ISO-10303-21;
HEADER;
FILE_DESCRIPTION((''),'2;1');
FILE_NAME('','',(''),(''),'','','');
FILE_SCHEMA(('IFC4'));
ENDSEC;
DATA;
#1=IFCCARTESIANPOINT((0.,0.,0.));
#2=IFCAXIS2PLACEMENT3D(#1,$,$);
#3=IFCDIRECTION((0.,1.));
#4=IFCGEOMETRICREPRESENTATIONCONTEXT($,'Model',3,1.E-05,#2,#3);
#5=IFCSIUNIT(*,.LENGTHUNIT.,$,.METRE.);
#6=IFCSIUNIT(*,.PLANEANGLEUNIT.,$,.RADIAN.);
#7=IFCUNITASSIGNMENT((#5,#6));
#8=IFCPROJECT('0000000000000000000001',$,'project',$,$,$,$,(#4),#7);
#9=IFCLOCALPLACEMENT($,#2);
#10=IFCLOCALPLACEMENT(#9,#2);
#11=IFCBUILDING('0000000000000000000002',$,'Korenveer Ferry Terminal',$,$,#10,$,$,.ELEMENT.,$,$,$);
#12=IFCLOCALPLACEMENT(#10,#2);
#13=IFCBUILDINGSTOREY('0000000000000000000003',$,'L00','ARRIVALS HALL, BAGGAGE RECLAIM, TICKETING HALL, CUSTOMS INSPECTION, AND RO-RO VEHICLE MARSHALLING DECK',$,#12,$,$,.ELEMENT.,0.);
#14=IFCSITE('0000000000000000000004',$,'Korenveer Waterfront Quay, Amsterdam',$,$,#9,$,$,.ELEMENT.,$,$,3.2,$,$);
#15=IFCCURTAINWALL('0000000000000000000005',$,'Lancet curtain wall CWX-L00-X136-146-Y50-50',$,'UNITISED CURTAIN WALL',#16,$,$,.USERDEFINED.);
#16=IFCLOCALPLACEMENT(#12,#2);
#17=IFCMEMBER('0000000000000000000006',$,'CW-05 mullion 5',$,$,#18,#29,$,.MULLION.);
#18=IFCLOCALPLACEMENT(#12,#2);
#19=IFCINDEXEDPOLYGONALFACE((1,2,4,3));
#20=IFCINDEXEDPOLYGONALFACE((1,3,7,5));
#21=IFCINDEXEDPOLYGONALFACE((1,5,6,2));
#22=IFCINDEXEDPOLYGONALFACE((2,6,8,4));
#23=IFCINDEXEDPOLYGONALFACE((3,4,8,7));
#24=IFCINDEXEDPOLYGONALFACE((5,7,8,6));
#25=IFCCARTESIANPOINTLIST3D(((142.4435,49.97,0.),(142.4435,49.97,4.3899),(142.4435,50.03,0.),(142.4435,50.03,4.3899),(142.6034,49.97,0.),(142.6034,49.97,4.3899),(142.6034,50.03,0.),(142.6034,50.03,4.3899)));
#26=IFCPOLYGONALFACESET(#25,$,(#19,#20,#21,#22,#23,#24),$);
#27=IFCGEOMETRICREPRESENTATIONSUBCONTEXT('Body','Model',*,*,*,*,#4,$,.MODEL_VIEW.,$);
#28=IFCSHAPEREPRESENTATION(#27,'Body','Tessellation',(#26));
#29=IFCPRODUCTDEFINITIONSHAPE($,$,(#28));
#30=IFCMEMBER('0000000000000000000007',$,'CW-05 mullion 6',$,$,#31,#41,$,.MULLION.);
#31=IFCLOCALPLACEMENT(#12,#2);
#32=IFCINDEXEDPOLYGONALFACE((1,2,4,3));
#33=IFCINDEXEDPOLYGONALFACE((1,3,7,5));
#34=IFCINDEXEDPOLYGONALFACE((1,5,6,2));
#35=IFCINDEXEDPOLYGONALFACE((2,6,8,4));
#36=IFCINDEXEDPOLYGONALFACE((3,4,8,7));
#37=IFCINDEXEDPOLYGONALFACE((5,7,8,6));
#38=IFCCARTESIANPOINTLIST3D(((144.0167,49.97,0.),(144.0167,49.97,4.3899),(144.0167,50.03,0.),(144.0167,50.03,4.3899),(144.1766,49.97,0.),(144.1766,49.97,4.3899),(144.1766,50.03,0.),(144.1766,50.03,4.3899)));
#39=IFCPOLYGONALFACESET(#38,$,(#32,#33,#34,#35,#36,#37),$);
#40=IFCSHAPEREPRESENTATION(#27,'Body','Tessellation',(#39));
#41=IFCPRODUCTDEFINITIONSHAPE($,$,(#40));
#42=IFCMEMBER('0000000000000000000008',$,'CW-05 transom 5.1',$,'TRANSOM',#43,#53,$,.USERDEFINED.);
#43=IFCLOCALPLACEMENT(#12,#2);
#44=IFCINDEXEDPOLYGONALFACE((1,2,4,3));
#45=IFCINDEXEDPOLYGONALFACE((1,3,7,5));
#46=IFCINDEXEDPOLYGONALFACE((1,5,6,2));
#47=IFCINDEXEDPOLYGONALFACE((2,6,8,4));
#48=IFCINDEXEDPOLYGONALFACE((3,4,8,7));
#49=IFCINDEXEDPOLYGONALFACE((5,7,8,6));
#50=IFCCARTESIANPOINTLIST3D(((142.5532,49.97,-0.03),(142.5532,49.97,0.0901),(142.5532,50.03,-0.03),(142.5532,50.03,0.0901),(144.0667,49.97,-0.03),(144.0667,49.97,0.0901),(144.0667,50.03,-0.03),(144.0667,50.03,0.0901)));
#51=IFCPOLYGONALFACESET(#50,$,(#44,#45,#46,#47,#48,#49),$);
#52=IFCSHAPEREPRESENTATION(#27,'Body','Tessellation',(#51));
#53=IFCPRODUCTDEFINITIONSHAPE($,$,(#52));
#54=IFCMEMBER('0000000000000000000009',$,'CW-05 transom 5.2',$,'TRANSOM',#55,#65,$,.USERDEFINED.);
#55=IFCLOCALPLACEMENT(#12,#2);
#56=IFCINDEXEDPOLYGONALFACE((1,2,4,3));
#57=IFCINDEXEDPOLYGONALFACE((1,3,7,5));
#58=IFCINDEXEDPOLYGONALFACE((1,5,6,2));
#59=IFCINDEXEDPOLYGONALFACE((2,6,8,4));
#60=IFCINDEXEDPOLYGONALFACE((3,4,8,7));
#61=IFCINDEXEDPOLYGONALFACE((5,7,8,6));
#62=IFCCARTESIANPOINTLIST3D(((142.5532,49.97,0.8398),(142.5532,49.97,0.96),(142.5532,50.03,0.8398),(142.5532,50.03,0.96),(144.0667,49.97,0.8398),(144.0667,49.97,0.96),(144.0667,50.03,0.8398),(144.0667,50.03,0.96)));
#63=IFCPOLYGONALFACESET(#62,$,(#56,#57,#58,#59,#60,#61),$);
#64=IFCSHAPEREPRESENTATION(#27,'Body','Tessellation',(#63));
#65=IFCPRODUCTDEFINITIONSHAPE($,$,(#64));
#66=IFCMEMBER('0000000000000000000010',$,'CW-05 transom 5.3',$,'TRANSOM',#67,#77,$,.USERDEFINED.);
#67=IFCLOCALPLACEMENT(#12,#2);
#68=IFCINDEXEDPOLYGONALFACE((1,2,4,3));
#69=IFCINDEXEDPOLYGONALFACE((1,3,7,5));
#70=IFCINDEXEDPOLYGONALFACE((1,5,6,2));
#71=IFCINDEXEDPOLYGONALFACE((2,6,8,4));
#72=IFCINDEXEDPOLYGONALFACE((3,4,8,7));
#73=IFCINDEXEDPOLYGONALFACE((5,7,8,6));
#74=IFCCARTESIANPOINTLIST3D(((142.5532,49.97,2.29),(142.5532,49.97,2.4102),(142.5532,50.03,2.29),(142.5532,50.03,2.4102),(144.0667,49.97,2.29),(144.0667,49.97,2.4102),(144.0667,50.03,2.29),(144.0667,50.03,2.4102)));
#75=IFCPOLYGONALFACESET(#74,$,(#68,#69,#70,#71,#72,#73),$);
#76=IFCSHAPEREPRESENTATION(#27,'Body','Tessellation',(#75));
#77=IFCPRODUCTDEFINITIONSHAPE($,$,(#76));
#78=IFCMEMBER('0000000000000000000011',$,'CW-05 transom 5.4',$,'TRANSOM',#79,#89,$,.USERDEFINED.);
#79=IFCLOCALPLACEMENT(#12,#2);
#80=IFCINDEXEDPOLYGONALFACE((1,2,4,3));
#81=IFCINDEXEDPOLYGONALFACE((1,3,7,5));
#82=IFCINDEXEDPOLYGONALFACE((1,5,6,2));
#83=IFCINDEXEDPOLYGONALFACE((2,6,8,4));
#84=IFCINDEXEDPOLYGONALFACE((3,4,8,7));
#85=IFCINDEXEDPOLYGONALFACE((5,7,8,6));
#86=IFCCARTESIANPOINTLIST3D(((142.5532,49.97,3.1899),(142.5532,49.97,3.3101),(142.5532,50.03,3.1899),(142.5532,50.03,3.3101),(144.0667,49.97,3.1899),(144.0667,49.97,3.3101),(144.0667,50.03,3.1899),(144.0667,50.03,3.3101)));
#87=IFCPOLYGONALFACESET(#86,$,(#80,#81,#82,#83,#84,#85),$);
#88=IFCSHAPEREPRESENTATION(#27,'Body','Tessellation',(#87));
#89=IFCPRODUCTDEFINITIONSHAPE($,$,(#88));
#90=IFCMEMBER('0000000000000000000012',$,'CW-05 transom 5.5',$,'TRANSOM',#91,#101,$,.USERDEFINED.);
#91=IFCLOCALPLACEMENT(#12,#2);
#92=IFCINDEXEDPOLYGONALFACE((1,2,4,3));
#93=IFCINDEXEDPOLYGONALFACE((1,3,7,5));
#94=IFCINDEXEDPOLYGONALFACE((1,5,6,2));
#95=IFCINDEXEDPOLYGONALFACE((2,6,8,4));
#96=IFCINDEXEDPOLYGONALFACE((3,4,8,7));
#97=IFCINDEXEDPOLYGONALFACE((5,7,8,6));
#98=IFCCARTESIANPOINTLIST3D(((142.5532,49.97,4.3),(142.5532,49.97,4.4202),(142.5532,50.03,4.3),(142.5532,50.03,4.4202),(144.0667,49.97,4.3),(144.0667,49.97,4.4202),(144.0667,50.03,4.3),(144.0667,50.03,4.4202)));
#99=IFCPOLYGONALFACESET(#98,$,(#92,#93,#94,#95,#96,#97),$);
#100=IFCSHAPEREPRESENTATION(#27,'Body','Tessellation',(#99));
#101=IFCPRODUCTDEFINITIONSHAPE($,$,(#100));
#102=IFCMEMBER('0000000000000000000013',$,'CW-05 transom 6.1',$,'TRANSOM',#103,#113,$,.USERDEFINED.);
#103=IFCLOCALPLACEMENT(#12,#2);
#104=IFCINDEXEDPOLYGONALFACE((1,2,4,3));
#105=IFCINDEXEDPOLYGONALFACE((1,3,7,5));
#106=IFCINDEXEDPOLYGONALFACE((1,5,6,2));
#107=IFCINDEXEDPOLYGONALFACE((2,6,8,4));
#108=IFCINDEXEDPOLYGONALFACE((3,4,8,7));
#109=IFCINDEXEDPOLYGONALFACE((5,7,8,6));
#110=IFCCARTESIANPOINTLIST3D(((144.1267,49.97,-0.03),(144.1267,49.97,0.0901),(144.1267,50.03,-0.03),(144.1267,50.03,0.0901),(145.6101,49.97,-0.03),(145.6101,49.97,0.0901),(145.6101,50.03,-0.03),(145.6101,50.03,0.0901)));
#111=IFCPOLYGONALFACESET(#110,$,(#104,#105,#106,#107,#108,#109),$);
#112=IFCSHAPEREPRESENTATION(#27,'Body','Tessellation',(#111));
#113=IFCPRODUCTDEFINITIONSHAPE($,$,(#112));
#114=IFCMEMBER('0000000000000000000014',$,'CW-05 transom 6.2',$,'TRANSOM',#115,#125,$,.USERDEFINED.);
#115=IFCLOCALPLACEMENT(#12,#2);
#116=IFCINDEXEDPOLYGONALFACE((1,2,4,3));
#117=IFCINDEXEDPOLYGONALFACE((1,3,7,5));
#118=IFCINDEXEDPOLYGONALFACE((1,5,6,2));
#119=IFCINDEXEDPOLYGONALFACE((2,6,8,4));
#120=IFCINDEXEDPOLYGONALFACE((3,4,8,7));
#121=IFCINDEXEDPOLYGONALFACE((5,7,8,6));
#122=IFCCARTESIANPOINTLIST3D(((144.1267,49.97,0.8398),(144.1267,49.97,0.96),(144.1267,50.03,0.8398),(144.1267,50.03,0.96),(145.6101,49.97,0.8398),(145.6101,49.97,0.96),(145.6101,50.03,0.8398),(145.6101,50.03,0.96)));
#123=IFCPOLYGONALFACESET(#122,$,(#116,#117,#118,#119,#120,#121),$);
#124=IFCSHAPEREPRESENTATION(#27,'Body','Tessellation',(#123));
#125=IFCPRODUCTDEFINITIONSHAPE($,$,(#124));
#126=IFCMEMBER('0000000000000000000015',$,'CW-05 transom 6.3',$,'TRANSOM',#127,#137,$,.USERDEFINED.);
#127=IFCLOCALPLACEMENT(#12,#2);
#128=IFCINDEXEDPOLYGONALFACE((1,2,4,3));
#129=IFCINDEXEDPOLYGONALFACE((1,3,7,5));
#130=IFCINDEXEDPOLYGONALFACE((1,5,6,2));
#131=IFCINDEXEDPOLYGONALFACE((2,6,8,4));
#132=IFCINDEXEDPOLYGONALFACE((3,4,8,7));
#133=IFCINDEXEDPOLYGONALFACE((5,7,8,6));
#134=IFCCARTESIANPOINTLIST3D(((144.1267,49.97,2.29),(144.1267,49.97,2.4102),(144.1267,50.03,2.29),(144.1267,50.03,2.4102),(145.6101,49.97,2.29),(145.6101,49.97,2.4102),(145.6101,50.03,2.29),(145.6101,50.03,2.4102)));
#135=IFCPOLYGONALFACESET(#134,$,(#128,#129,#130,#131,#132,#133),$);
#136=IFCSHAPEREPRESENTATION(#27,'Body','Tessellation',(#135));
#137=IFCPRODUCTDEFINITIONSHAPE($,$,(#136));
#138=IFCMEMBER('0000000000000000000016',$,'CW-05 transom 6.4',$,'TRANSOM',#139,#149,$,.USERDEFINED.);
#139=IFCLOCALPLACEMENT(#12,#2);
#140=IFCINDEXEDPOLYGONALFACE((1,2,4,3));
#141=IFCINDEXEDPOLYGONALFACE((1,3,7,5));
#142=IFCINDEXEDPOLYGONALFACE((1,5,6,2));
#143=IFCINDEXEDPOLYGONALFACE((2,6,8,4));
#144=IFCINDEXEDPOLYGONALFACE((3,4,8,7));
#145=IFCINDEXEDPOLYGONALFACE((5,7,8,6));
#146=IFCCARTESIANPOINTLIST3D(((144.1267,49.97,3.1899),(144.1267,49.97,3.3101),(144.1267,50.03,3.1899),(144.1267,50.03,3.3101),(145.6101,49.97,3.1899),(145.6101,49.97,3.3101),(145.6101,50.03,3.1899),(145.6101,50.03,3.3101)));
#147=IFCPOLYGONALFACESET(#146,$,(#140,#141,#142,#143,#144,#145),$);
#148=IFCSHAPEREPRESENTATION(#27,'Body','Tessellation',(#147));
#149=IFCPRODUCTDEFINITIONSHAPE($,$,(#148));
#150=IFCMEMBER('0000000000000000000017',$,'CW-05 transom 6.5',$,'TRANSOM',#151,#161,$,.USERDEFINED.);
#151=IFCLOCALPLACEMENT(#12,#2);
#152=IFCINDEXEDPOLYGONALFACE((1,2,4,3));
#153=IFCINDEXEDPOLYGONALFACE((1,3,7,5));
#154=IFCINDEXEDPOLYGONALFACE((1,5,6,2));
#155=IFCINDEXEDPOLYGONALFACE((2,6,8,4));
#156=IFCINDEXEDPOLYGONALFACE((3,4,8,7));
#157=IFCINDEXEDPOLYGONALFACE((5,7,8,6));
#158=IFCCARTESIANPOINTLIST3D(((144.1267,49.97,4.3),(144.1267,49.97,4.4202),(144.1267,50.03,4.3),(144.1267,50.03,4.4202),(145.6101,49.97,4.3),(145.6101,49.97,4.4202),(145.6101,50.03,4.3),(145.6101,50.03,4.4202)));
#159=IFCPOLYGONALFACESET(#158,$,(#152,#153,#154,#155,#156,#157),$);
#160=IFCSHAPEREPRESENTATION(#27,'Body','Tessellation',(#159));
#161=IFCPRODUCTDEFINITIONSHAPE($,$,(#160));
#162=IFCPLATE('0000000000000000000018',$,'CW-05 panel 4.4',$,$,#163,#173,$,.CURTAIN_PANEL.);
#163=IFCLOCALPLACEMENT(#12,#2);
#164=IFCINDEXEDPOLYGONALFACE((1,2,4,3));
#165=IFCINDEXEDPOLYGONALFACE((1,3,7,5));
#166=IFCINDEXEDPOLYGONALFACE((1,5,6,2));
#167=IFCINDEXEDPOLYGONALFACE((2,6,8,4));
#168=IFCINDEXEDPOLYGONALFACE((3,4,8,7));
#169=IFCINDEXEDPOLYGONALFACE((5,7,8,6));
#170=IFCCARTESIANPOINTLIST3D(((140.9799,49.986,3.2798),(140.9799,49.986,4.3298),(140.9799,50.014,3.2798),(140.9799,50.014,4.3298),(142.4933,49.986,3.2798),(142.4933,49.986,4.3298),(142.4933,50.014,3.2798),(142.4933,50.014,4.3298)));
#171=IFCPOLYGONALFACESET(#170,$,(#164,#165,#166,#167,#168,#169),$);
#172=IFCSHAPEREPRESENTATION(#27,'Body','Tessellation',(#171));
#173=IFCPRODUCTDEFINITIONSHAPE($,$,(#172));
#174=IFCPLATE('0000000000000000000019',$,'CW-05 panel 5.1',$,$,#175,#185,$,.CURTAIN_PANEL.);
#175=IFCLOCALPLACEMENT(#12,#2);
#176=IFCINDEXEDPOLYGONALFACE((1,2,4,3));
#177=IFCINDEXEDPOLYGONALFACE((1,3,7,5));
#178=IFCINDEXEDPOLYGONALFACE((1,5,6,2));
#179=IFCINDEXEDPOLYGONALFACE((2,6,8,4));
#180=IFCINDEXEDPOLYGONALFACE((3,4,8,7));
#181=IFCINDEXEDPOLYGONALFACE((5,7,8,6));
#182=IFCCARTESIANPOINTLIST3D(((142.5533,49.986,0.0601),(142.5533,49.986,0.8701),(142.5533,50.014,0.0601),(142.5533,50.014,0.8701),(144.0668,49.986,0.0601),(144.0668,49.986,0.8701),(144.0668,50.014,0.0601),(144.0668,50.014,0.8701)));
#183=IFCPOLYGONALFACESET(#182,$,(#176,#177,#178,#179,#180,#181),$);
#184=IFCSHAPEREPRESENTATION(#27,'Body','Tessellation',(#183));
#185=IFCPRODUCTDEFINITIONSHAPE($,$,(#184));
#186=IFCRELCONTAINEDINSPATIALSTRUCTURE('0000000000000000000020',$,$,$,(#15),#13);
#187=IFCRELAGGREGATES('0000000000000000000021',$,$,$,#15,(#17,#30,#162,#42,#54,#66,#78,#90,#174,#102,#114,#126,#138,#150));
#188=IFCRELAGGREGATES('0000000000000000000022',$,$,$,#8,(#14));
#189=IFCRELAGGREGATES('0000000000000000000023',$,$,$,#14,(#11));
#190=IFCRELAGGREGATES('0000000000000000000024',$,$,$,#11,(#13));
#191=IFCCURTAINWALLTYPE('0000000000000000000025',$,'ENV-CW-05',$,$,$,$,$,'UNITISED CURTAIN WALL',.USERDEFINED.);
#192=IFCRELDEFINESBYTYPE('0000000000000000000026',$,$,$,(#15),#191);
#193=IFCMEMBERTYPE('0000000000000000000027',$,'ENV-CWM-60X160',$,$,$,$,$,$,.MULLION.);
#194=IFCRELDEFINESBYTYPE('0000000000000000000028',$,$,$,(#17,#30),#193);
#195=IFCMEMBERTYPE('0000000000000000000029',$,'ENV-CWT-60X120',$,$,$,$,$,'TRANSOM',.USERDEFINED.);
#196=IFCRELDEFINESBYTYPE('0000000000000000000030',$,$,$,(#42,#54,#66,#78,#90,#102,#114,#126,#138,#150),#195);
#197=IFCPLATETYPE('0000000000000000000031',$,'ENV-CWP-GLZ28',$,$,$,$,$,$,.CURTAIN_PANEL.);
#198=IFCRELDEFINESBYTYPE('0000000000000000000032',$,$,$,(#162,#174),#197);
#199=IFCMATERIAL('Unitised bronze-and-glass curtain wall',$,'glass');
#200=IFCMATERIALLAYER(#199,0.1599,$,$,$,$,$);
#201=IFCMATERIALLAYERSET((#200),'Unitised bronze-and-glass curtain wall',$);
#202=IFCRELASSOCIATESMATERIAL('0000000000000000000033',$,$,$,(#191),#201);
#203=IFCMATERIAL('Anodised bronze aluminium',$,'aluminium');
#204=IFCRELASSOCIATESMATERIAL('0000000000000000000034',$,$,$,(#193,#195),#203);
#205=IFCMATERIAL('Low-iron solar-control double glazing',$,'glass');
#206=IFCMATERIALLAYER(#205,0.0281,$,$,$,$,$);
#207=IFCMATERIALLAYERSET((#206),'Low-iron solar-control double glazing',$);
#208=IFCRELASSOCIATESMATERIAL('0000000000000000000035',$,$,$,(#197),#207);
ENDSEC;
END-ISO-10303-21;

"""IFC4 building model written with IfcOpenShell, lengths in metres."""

from ifc_helpers import new_model, si_unit, direction, frame, origin, origin_2d, place, context, subcontext, project, spatial, rectangle, extrude, material, layer, layer_set, material_profile, profile_set, type_object, element, aggregate, save


model = new_model("IFC4")

# Units and contexts
model_context = context("Model", 3, precision=1e-05, world=origin(), true_north=direction((0.0, 1.0)))
body_context = subcontext(model_context, "Body", "Model", "MODEL_VIEW")
ifc_project = project(units=[si_unit("LENGTHUNIT", "METRE"), si_unit("PLANEANGLEUNIT", "RADIAN")], contexts=[model_context])

# Site, building, storey
site_placement = place(None, origin())
site = spatial("IfcSite", under=ifc_project, at=site_placement, Name="Korenveer Waterfront Quay, Amsterdam", CompositionType="ELEMENT", RefElevation=3.2)
building_placement = place(site_placement, origin())
building = spatial("IfcBuilding", under=site, at=building_placement, Name="Korenveer Ferry Terminal", CompositionType="ELEMENT")
storey_placement = place(building_placement, origin())
storey = spatial("IfcBuildingStorey", under=building, at=storey_placement, Name="L00", Description="ARRIVALS HALL, BAGGAGE RECLAIM, TICKETING HALL, CUSTOMS INSPECTION, AND RO-RO VEHICLE MARSHALLING DECK", CompositionType="ELEMENT", Elevation=0.0)

# Curtain wall, members, plates
ifc_material_1 = material(Name="Unitised bronze-and-glass curtain wall", Category="glass")
ifc_layer_1 = layer(ifc_material_1, 0.1599)
ifc_layer_set_1 = layer_set([ifc_layer_1], Name="Unitised bronze-and-glass curtain wall")
curtain_wall_type = type_object("IfcCurtainWallType", Name="ENV-CW-05", ElementType="UNITISED CURTAIN WALL", PredefinedType="USERDEFINED", material=ifc_layer_set_1)
curtain_wall_placement = place(storey_placement, frame((136.23, 50.0, 0.0)))
curtain_wall = element("IfcCurtainWall", 1, at=curtain_wall_placement, inside=storey, type_object=curtain_wall_type, Name="Lancet curtain wall CWX-L00-X136-146-Y50-50", ObjectType="UNITISED CURTAIN WALL", PredefinedType="USERDEFINED")
ifc_material_2 = material(Name="Anodised bronze aluminium", Category="aluminium")
ifc_material_profile_1 = material_profile(ifc_material_2, rectangle(XDim=0.0601, YDim=0.1599, at=origin_2d()), Name="ALU 60x160")
ifc_profile_set_1 = profile_set([ifc_material_profile_1], Name="Anodised bronze aluminium")
member_type_1 = type_object("IfcMemberType", Name="ENV-CWM-60X160", PredefinedType="MULLION", material=ifc_profile_set_1)
member_1_placement = place(storey_placement, frame((142.5234, 50.0, 0.0), z_axis=(0.0, 0.0, 1.0), x_axis=(0.0, 1.0, 0.0)))
member_1 = element("IfcMember", 2, at=member_1_placement, type_object=member_type_1, Name="CW-05 mullion 5", PredefinedType="MULLION", context=body_context, shape_type="SweptSolid", body=[
    extrude(rectangle(XDim=0.0601, YDim=0.1599, at=origin_2d()), origin(), (0.0, 0.0, 1.0), 4.3899),
])
member_2_placement = place(storey_placement, frame((144.0967, 50.0, 0.0), z_axis=(0.0, 0.0, 1.0), x_axis=(0.0, 1.0, 0.0)))
member_2 = element("IfcMember", 3, at=member_2_placement, type_object=member_type_1, Name="CW-05 mullion 6", PredefinedType="MULLION", context=body_context, shape_type="SweptSolid", body=[
    extrude(rectangle(XDim=0.0601, YDim=0.1599, at=origin_2d()), origin(), (0.0, 0.0, 1.0), 4.3899),
])
ifc_material_profile_2 = material_profile(ifc_material_2, rectangle(XDim=0.0601, YDim=0.1201, at=origin_2d()), Name="ALU 60x120")
ifc_profile_set_2 = profile_set([ifc_material_profile_2], Name="Anodised bronze aluminium")
member_type_2 = type_object("IfcMemberType", Name="ENV-CWT-60X120", ElementType="TRANSOM", PredefinedType="USERDEFINED", material=ifc_profile_set_2)
member_3_placement = place(storey_placement, frame((142.5532, 50.0, 0.03), z_axis=(1.0, 0.0, 0.0), x_axis=(0.0, 1.0, 0.0)))
member_3 = element("IfcMember", 4, at=member_3_placement, type_object=member_type_2, Name="CW-05 transom 5.1", ObjectType="TRANSOM", PredefinedType="USERDEFINED", context=body_context, shape_type="SweptSolid", body=[
    extrude(rectangle(XDim=0.0601, YDim=0.1201, at=origin_2d()), origin(), (0.0, 0.0, 1.0), 1.5134),
])
member_4_placement = place(storey_placement, frame((142.5532, 50.0, 0.8999), z_axis=(1.0, 0.0, 0.0), x_axis=(0.0, 1.0, 0.0)))
member_4 = element("IfcMember", 5, at=member_4_placement, type_object=member_type_2, Name="CW-05 transom 5.2", ObjectType="TRANSOM", PredefinedType="USERDEFINED", context=body_context, shape_type="SweptSolid", body=[
    extrude(rectangle(XDim=0.0601, YDim=0.1201, at=origin_2d()), origin(), (0.0, 0.0, 1.0), 1.5134),
])
member_5_placement = place(storey_placement, frame((142.5532, 50.0, 2.3501), z_axis=(1.0, 0.0, 0.0), x_axis=(0.0, 1.0, 0.0)))
member_5 = element("IfcMember", 6, at=member_5_placement, type_object=member_type_2, Name="CW-05 transom 5.3", ObjectType="TRANSOM", PredefinedType="USERDEFINED", context=body_context, shape_type="SweptSolid", body=[
    extrude(rectangle(XDim=0.0601, YDim=0.1201, at=origin_2d()), origin(), (0.0, 0.0, 1.0), 1.5134),
])
member_6_placement = place(storey_placement, frame((142.5532, 50.0, 3.25), z_axis=(1.0, 0.0, 0.0), x_axis=(0.0, 1.0, 0.0)))
member_6 = element("IfcMember", 7, at=member_6_placement, type_object=member_type_2, Name="CW-05 transom 5.4", ObjectType="TRANSOM", PredefinedType="USERDEFINED", context=body_context, shape_type="SweptSolid", body=[
    extrude(rectangle(XDim=0.0601, YDim=0.1201, at=origin_2d()), origin(), (0.0, 0.0, 1.0), 1.5134),
])
member_7_placement = place(storey_placement, frame((142.5532, 50.0, 4.3601), z_axis=(1.0, 0.0, 0.0), x_axis=(0.0, 1.0, 0.0)))
member_7 = element("IfcMember", 8, at=member_7_placement, type_object=member_type_2, Name="CW-05 transom 5.5", ObjectType="TRANSOM", PredefinedType="USERDEFINED", context=body_context, shape_type="SweptSolid", body=[
    extrude(rectangle(XDim=0.0601, YDim=0.1201, at=origin_2d()), origin(), (0.0, 0.0, 1.0), 1.5134),
])
member_8_placement = place(storey_placement, frame((144.1267, 50.0, 0.03), z_axis=(1.0, 0.0, 0.0), x_axis=(0.0, 1.0, 0.0)))
member_8 = element("IfcMember", 9, at=member_8_placement, type_object=member_type_2, Name="CW-05 transom 6.1", ObjectType="TRANSOM", PredefinedType="USERDEFINED", context=body_context, shape_type="SweptSolid", body=[
    extrude(rectangle(XDim=0.0601, YDim=0.1201, at=origin_2d()), origin(), (0.0, 0.0, 1.0), 1.4834),
])
member_9_placement = place(storey_placement, frame((144.1267, 50.0, 0.8999), z_axis=(1.0, 0.0, 0.0), x_axis=(0.0, 1.0, 0.0)))
member_9 = element("IfcMember", 10, at=member_9_placement, type_object=member_type_2, Name="CW-05 transom 6.2", ObjectType="TRANSOM", PredefinedType="USERDEFINED", context=body_context, shape_type="SweptSolid", body=[
    extrude(rectangle(XDim=0.0601, YDim=0.1201, at=origin_2d()), origin(), (0.0, 0.0, 1.0), 1.4834),
])
member_10_placement = place(storey_placement, frame((144.1267, 50.0, 2.3501), z_axis=(1.0, 0.0, 0.0), x_axis=(0.0, 1.0, 0.0)))
member_10 = element("IfcMember", 11, at=member_10_placement, type_object=member_type_2, Name="CW-05 transom 6.3", ObjectType="TRANSOM", PredefinedType="USERDEFINED", context=body_context, shape_type="SweptSolid", body=[
    extrude(rectangle(XDim=0.0601, YDim=0.1201, at=origin_2d()), origin(), (0.0, 0.0, 1.0), 1.4834),
])
member_11_placement = place(storey_placement, frame((144.1267, 50.0, 3.25), z_axis=(1.0, 0.0, 0.0), x_axis=(0.0, 1.0, 0.0)))
member_11 = element("IfcMember", 12, at=member_11_placement, type_object=member_type_2, Name="CW-05 transom 6.4", ObjectType="TRANSOM", PredefinedType="USERDEFINED", context=body_context, shape_type="SweptSolid", body=[
    extrude(rectangle(XDim=0.0601, YDim=0.1201, at=origin_2d()), origin(), (0.0, 0.0, 1.0), 1.4834),
])
member_12_placement = place(storey_placement, frame((144.1267, 50.0, 4.3601), z_axis=(1.0, 0.0, 0.0), x_axis=(0.0, 1.0, 0.0)))
member_12 = element("IfcMember", 13, at=member_12_placement, type_object=member_type_2, Name="CW-05 transom 6.5", ObjectType="TRANSOM", PredefinedType="USERDEFINED", context=body_context, shape_type="SweptSolid", body=[
    extrude(rectangle(XDim=0.0601, YDim=0.1201, at=origin_2d()), origin(), (0.0, 0.0, 1.0), 1.4834),
])
ifc_material_3 = material(Name="Low-iron solar-control double glazing", Category="glass")
ifc_layer_2 = layer(ifc_material_3, 0.0281)
ifc_layer_set_2 = layer_set([ifc_layer_2], Name="Low-iron solar-control double glazing")
plate_type = type_object("IfcPlateType", Name="ENV-CWP-GLZ28", PredefinedType="CURTAIN_PANEL", material=ifc_layer_set_2)
plate_1_placement = place(storey_placement, frame((141.7366, 50.0, 3.2798), z_axis=(0.0, 0.0, 1.0), x_axis=(1.0, 0.0, 0.0)))
plate_1 = element("IfcPlate", 14, at=plate_1_placement, type_object=plate_type, Name="CW-05 panel 4.4", PredefinedType="CURTAIN_PANEL", context=body_context, shape_type="SweptSolid", body=[
    extrude(rectangle(XDim=1.5134, YDim=0.0281, at=origin_2d()), origin(), (0.0, 0.0, 1.0), 1.05),
])
plate_2_placement = place(storey_placement, frame((143.3101, 50.0, 0.0601), z_axis=(0.0, 0.0, 1.0), x_axis=(1.0, 0.0, 0.0)))
plate_2 = element("IfcPlate", 15, at=plate_2_placement, type_object=plate_type, Name="CW-05 panel 5.1", PredefinedType="CURTAIN_PANEL", context=body_context, shape_type="SweptSolid", body=[
    extrude(rectangle(XDim=1.5134, YDim=0.0281, at=origin_2d()), origin(), (0.0, 0.0, 1.0), 0.8101),
])
aggregate(curtain_wall, [member_1, member_2, plate_1, member_3, member_4, member_5, member_6, member_7, plate_2, member_8, member_9, member_10, member_11, member_12])

save(model, "model.ifc")
